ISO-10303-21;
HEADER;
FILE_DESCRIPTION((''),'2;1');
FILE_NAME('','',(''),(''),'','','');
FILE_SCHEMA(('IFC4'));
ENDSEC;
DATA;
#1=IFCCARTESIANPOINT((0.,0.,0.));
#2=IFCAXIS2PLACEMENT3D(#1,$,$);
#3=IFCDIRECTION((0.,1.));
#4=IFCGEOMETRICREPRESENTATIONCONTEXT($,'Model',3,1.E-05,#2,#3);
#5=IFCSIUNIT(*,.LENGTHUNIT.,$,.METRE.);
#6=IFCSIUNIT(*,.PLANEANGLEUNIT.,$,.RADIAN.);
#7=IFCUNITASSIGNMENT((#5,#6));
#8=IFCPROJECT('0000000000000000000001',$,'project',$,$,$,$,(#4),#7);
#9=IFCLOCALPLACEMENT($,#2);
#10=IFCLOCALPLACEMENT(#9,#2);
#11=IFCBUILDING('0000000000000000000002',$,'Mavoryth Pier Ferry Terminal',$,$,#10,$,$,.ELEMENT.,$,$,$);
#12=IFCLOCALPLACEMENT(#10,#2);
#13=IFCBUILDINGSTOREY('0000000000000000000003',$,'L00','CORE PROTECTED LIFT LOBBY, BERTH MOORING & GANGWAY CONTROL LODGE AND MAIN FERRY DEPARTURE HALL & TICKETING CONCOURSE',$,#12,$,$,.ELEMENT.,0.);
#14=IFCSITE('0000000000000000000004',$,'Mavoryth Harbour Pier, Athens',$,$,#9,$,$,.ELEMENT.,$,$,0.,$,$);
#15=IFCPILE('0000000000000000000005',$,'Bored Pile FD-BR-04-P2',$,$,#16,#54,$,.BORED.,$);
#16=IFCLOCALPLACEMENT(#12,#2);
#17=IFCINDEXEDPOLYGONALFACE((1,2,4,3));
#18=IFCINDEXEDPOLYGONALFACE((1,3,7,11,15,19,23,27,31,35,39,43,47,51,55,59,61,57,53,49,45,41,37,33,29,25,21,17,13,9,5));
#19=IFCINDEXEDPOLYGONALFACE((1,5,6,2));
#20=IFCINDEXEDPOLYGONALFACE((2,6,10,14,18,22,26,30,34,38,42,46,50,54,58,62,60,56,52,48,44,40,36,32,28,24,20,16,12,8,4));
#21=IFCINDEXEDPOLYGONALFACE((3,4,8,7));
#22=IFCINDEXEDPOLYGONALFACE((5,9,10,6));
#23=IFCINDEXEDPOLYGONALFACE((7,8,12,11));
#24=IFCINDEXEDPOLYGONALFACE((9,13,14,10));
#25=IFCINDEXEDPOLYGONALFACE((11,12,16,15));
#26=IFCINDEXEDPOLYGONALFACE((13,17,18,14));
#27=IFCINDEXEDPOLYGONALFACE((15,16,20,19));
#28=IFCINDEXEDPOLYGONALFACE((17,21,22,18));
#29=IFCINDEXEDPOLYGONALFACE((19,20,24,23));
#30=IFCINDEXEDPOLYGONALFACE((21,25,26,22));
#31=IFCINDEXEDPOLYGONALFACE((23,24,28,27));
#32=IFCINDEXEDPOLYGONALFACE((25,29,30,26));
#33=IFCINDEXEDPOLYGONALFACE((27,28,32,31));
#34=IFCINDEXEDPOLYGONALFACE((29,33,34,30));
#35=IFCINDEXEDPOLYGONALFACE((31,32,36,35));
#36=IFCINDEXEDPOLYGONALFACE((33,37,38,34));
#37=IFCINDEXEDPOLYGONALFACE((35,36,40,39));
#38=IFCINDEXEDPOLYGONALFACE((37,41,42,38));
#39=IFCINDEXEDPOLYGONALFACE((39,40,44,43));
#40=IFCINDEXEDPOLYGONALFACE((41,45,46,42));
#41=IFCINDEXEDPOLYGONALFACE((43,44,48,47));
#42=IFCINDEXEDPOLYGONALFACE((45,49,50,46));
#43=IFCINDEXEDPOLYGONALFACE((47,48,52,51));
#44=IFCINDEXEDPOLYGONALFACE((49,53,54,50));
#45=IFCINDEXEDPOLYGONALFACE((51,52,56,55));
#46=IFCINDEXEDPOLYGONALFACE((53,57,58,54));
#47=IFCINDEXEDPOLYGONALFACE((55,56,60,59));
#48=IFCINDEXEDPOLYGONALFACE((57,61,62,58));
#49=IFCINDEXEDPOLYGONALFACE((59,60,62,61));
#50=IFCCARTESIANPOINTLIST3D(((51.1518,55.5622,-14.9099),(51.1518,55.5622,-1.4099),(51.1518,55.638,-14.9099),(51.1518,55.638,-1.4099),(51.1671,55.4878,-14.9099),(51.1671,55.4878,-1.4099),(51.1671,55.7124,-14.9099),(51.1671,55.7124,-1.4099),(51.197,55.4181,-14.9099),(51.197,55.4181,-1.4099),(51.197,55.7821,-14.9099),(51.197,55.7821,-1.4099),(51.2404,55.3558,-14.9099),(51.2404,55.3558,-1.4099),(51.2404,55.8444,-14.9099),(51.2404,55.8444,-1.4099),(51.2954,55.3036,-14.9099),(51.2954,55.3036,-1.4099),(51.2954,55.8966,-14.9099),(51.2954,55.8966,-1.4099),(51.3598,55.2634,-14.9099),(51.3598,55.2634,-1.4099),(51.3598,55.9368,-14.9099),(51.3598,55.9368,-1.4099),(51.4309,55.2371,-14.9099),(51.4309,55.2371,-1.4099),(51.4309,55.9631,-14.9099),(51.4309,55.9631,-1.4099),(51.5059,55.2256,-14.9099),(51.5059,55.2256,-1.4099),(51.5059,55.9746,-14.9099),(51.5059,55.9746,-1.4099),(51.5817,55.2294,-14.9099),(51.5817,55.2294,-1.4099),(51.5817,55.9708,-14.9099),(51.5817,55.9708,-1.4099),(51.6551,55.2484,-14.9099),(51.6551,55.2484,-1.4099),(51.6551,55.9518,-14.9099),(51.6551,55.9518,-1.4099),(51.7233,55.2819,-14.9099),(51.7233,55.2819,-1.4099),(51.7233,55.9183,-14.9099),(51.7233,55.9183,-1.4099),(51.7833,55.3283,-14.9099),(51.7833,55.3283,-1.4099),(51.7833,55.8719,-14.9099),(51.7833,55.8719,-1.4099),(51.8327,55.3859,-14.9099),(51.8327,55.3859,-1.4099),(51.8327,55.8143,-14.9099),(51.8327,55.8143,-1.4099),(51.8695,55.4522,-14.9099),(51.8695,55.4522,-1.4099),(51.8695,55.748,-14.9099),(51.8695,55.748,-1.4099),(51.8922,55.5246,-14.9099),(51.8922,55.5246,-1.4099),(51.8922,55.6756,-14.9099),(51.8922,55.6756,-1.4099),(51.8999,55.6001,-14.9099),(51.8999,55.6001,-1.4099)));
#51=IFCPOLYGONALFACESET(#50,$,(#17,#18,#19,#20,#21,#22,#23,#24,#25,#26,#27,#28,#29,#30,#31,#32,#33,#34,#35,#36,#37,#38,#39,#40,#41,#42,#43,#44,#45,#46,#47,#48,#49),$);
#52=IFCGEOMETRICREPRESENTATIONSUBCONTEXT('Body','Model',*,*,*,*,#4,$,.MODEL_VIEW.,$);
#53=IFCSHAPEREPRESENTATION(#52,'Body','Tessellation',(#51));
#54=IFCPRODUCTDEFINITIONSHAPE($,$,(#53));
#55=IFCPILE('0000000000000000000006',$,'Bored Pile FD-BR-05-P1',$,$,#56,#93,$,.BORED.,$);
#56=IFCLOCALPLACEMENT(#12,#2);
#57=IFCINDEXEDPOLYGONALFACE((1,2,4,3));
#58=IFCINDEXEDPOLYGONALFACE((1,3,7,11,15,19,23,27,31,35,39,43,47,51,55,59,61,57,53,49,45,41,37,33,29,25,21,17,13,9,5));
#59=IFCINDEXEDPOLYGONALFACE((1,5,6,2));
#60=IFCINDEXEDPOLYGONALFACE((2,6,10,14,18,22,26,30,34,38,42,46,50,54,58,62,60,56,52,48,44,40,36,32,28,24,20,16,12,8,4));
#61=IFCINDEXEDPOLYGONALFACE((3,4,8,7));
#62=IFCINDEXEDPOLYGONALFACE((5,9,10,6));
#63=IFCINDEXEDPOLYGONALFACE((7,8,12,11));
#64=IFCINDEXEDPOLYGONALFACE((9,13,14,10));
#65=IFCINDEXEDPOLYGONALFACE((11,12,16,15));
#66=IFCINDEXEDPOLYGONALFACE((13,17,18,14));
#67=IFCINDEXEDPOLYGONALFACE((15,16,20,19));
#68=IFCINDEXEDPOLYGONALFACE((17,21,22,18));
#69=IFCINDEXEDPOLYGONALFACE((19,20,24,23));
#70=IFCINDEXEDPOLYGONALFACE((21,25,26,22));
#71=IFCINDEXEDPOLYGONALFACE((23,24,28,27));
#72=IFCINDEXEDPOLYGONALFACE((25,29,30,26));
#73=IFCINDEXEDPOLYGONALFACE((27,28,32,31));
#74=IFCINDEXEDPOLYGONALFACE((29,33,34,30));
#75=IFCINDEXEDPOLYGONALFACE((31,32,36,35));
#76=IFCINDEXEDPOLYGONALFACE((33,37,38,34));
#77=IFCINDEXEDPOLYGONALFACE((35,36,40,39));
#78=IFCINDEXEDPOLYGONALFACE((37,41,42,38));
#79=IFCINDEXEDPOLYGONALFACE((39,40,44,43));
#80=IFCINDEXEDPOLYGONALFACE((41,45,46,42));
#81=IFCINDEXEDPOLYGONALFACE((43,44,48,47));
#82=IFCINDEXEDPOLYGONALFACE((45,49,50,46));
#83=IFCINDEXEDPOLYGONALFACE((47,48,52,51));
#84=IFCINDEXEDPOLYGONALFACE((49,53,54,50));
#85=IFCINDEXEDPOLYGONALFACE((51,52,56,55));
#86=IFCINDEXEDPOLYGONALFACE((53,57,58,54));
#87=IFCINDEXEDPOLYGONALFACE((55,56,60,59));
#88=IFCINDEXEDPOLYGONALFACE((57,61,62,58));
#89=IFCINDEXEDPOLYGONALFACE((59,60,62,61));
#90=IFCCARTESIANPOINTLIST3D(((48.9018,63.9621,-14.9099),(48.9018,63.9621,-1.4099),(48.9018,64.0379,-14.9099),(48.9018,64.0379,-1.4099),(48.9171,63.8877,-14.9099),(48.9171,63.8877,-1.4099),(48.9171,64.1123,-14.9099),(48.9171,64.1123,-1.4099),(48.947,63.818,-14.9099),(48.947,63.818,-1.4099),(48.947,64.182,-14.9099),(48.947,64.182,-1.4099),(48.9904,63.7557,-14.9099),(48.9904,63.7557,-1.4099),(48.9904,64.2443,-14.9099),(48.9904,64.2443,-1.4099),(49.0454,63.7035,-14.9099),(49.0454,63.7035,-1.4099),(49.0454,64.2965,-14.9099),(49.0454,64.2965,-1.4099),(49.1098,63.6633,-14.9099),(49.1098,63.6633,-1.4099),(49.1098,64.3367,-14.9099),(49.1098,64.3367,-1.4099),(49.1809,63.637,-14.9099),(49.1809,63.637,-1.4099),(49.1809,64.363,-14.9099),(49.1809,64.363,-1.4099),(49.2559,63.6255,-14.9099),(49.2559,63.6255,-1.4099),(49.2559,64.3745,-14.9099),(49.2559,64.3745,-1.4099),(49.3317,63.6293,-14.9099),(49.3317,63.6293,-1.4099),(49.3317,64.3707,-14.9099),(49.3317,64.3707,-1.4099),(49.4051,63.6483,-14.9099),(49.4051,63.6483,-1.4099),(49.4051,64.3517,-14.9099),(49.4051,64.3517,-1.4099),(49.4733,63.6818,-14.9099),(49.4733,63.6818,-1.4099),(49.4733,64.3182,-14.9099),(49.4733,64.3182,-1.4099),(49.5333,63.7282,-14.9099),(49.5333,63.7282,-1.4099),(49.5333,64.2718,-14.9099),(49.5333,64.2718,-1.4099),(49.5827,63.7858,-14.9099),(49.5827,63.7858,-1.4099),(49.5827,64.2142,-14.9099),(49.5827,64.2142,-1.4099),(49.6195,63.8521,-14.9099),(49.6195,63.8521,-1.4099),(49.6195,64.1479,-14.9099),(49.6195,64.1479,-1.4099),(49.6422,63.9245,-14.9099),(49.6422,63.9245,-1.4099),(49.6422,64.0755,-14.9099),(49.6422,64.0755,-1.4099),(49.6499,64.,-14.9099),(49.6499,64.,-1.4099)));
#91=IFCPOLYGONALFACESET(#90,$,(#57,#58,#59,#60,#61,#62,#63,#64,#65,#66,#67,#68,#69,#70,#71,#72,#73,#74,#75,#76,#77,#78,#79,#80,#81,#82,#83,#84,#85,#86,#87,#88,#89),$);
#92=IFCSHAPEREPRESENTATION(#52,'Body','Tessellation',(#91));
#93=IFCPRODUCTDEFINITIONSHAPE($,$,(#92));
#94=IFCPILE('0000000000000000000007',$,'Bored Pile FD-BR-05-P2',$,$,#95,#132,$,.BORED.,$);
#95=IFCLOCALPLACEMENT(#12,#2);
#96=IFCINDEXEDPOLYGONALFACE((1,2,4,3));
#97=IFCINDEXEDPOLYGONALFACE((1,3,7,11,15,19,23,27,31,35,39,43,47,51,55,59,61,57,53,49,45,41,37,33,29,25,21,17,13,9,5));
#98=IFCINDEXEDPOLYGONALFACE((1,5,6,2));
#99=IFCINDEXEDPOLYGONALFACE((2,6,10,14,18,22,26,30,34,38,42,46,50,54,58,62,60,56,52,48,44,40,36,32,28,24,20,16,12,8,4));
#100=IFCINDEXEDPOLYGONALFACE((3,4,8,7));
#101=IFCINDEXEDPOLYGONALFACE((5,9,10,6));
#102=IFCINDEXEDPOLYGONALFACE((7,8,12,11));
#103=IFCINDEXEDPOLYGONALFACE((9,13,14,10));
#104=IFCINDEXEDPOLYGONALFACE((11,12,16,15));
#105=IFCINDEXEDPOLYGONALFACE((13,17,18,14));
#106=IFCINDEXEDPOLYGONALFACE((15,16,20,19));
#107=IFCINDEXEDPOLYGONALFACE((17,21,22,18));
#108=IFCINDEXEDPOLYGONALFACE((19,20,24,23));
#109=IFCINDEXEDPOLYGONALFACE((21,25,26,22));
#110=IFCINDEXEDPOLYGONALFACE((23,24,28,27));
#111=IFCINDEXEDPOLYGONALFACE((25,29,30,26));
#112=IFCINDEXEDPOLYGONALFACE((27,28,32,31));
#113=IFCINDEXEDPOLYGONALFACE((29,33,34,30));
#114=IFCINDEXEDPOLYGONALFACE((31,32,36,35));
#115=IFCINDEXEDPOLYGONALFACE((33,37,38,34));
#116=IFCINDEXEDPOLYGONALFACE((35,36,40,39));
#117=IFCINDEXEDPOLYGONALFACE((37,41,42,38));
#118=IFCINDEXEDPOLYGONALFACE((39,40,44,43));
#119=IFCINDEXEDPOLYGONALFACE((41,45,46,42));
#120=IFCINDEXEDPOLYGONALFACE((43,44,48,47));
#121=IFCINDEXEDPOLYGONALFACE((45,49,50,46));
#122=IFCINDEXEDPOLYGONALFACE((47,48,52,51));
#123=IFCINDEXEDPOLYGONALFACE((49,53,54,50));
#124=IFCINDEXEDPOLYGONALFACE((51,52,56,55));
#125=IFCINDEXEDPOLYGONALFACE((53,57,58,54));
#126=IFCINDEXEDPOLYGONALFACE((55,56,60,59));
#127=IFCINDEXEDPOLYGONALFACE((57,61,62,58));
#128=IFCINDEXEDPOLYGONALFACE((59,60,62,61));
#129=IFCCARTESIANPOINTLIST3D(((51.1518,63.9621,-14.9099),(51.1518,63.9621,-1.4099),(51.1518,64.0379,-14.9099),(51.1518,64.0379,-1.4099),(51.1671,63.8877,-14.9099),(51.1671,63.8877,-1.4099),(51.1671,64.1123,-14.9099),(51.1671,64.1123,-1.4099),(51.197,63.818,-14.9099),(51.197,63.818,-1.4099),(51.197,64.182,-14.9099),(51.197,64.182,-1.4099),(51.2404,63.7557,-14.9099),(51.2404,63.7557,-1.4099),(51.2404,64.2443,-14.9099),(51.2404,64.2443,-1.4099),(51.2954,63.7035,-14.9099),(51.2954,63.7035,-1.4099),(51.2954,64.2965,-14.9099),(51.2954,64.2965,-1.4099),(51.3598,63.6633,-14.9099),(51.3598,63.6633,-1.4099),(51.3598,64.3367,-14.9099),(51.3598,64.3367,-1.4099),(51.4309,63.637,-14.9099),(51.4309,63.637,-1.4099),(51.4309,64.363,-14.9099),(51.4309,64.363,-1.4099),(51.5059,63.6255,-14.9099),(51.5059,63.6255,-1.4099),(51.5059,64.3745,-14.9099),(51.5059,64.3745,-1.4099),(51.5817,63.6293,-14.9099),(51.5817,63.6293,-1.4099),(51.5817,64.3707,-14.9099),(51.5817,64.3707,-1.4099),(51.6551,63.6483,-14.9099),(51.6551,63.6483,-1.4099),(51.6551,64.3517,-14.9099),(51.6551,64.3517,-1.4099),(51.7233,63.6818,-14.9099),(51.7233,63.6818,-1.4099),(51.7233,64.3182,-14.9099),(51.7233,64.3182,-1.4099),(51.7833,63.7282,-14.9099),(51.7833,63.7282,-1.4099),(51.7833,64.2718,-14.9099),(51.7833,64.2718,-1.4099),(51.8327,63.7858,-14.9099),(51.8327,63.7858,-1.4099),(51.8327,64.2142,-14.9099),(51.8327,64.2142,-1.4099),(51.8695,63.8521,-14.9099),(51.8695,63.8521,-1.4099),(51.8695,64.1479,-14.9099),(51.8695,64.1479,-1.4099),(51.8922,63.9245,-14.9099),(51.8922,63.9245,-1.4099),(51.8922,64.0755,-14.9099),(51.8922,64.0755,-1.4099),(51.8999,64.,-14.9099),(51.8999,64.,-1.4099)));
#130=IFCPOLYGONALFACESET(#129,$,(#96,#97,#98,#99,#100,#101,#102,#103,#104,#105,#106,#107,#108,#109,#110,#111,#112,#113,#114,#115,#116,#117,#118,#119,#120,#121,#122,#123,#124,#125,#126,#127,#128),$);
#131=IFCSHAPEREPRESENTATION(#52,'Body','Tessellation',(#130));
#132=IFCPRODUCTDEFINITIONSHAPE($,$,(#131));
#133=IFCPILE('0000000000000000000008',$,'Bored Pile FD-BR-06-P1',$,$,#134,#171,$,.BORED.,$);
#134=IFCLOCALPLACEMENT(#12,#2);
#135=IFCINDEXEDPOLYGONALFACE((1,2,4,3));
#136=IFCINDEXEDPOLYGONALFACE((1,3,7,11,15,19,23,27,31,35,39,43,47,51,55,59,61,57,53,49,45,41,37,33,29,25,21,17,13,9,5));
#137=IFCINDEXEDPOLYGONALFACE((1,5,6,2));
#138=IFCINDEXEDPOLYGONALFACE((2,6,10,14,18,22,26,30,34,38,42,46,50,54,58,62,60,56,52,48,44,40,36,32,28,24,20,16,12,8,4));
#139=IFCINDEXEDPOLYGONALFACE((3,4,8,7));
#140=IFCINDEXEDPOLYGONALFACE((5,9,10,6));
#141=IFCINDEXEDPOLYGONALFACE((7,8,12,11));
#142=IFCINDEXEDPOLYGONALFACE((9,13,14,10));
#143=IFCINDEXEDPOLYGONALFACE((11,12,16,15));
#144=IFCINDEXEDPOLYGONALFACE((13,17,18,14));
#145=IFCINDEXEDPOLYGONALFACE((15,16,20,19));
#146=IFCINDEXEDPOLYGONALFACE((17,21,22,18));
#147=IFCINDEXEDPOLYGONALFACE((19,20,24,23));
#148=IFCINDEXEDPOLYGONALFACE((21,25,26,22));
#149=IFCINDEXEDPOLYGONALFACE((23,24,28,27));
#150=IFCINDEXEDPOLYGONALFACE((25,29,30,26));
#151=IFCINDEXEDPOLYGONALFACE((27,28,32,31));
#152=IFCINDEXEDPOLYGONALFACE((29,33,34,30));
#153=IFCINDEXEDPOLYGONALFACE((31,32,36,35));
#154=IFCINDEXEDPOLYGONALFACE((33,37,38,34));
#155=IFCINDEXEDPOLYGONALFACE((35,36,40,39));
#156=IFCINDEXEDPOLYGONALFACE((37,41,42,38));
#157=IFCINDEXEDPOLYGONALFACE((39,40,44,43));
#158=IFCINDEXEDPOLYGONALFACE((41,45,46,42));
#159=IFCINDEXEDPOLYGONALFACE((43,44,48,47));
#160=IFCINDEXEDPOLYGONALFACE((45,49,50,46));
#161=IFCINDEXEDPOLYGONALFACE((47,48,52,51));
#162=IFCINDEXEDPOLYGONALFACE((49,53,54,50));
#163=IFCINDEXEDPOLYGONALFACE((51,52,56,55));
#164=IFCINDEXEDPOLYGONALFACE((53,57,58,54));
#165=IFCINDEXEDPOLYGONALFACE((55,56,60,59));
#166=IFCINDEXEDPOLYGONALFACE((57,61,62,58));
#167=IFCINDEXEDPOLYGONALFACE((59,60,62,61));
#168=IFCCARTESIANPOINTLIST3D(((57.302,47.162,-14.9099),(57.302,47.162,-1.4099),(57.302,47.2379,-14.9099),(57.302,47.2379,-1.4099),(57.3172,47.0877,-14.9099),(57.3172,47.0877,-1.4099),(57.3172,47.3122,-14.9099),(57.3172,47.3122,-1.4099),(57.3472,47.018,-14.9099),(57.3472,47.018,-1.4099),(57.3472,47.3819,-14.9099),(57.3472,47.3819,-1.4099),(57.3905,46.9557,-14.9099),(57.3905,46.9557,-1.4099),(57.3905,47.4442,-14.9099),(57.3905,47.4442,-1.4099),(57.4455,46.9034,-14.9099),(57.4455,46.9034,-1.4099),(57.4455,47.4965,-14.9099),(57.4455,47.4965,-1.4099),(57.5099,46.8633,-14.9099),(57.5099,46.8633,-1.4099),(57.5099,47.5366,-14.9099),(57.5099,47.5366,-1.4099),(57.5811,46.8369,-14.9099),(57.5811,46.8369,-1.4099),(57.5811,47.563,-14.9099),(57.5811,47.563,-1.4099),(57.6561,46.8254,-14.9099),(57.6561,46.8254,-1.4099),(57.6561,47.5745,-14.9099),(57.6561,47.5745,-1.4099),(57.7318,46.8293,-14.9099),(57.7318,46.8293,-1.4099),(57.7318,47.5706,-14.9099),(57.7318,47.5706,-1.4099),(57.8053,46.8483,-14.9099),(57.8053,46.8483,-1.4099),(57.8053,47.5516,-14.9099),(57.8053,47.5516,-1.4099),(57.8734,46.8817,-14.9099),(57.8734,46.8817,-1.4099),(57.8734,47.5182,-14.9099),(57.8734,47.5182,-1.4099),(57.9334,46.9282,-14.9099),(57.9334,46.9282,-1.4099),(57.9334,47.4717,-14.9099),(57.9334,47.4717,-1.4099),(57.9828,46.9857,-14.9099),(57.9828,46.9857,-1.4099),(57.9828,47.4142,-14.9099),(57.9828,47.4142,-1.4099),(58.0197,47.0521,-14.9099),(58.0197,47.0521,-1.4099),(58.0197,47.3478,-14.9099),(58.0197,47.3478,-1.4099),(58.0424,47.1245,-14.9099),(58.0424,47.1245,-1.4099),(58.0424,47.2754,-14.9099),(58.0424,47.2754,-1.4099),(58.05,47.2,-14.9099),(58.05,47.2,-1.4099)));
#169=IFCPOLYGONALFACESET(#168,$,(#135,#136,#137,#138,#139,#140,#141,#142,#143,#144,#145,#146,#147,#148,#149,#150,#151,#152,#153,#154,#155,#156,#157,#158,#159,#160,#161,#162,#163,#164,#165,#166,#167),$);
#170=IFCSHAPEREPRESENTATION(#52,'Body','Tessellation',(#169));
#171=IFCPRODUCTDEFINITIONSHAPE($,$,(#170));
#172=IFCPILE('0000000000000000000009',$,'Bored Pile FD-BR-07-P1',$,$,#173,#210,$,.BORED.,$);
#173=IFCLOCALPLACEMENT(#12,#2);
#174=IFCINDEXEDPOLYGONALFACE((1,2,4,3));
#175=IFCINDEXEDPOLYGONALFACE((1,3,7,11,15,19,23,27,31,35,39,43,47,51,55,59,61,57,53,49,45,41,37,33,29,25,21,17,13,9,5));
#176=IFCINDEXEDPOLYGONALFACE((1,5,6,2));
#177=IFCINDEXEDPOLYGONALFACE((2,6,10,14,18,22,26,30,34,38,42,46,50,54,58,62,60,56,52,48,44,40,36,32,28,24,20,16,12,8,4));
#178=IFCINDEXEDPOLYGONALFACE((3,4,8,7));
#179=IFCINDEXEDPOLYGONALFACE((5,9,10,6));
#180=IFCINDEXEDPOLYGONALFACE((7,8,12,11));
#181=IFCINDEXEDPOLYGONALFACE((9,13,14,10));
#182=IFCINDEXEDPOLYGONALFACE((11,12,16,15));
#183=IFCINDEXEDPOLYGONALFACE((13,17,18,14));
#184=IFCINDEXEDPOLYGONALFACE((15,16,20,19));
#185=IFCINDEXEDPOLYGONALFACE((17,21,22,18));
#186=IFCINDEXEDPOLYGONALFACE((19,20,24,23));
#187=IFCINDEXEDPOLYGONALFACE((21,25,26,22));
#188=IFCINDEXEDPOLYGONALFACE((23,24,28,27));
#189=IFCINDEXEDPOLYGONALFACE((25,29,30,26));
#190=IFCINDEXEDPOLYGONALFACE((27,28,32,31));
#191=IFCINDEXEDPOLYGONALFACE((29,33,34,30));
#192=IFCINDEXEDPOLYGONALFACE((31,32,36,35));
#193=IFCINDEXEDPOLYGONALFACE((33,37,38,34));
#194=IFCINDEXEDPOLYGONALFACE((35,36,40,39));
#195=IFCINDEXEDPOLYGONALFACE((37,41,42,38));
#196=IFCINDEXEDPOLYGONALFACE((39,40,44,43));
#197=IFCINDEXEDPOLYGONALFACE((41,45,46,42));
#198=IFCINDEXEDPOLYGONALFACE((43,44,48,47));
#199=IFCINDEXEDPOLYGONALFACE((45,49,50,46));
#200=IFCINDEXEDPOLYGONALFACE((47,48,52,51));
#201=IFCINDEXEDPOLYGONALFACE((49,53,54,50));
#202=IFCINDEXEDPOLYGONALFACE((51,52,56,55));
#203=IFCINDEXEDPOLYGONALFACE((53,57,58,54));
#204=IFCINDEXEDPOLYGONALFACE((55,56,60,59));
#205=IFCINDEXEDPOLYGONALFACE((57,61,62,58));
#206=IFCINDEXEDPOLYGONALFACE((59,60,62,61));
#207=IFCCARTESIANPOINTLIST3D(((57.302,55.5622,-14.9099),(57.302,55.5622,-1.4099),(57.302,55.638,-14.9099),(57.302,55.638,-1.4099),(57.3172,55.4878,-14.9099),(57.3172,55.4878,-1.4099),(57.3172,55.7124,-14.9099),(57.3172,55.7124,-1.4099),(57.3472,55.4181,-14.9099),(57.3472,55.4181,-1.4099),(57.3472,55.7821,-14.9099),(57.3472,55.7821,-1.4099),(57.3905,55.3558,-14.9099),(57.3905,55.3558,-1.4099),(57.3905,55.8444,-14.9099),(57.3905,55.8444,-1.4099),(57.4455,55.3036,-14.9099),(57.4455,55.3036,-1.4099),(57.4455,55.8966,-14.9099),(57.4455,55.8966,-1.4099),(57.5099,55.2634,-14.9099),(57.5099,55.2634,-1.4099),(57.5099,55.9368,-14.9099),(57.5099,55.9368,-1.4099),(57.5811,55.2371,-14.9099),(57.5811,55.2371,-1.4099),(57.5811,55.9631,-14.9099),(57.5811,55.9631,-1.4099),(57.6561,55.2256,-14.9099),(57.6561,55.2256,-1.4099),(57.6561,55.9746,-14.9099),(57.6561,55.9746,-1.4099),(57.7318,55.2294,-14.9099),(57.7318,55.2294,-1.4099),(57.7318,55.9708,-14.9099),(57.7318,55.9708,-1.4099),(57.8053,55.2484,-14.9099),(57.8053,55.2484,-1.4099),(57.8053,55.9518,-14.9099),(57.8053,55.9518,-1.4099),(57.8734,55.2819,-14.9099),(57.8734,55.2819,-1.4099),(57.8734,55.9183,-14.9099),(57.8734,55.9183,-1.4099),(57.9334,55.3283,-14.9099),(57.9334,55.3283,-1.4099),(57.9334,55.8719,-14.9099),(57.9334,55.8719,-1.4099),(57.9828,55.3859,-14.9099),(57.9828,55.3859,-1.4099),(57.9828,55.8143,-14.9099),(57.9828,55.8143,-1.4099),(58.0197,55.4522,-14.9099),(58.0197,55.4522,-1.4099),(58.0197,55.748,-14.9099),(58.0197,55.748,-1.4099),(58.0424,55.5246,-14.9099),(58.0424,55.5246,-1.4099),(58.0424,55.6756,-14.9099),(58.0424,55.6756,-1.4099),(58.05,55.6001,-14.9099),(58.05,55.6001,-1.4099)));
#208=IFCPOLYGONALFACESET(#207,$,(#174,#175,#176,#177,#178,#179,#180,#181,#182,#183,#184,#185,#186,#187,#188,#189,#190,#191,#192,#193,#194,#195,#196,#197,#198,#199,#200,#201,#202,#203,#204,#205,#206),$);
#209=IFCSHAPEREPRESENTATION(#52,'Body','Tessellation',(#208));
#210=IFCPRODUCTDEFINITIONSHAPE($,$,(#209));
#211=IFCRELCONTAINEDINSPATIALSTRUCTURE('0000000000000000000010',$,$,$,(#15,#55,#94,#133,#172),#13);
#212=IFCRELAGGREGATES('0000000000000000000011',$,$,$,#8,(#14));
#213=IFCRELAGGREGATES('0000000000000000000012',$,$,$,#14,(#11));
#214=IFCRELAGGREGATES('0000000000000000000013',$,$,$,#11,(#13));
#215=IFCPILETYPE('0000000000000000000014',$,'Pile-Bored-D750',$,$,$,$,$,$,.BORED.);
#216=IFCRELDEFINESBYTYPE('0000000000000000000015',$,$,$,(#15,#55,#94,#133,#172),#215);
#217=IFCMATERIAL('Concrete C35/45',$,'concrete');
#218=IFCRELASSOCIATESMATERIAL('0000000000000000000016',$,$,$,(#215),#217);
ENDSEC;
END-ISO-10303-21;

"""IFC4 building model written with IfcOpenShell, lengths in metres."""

from ifc_helpers import new_model, si_unit, direction, frame, origin, origin_2d, place, context, subcontext, project, spatial, circle, extrude, material, material_profile, profile_set, type_object, element, save


model = new_model("IFC4")

# Units and contexts
model_context = context("Model", 3, precision=1e-05, world=origin(), true_north=direction((0.0, 1.0)))
body_context = subcontext(model_context, "Body", "Model", "MODEL_VIEW")
ifc_project = project(units=[si_unit("LENGTHUNIT", "METRE"), si_unit("PLANEANGLEUNIT", "RADIAN")], contexts=[model_context])

# Site, building, storey
site_placement = place(None, origin())
site = spatial("IfcSite", under=ifc_project, at=site_placement, Name="Mavoryth Harbour Pier, Athens", CompositionType="ELEMENT", RefElevation=0.0)
building_placement = place(site_placement, origin())
building = spatial("IfcBuilding", under=site, at=building_placement, Name="Mavoryth Pier Ferry Terminal", CompositionType="ELEMENT")
storey_placement = place(building_placement, origin())
storey = spatial("IfcBuildingStorey", under=building, at=storey_placement, Name="L00", Description="CORE PROTECTED LIFT LOBBY, BERTH MOORING & GANGWAY CONTROL LODGE AND MAIN FERRY DEPARTURE HALL & TICKETING CONCOURSE", CompositionType="ELEMENT", Elevation=0.0)

# Shared definitions
ifc_material_1 = material(Name="Concrete C35/45", Category="concrete")

# Piles
ifc_material_profile_1 = material_profile(ifc_material_1, circle(Radius=0.375, at=origin_2d()), Name="PILE D750", Category="concrete")
ifc_profile_set_1 = profile_set([ifc_material_profile_1], Name="Concrete C35/45 - PILE D750")
pile_type_1 = type_object("IfcPileType", Name="Pile-Bored-D750", PredefinedType="BORED", material=ifc_profile_set_1)
for number, where, z_axis, x_axis, name in (
    (1, (51.5249, 55.6001, -1.4099), (0.0, 0.0, -1.0), (1.0, 0.0, 0.0), "Bored Pile FD-BR-04-P2"),
    (2, (49.2749, 64.0, -1.4099), (0.0, 0.0, -1.0), (1.0, 0.0, 0.0), "Bored Pile FD-BR-05-P1"),
    (3, (51.5249, 64.0, -1.4099), (0.0, 0.0, -1.0), (1.0, 0.0, 0.0), "Bored Pile FD-BR-05-P2"),
    (4, (57.675, 47.2, -1.4099), (0.0, 0.0, -1.0), (1.0, 0.0, 0.0), "Bored Pile FD-BR-06-P1"),
    (5, (57.675, 55.6001, -1.4099), (0.0, 0.0, -1.0), (1.0, 0.0, 0.0), "Bored Pile FD-BR-07-P1"),
):
    element("IfcPile", number, at=place(storey_placement, frame(where, z_axis=z_axis, x_axis=x_axis)), inside=storey, type_object=pile_type_1, Name=name, PredefinedType="BORED", context=body_context, shape_type="SweptSolid", body=[
        extrude(circle(Radius=0.375, at=origin_2d()), origin(), (0.0, 0.0, 1.0), 13.5),
    ])

save(model, "model.ifc")
